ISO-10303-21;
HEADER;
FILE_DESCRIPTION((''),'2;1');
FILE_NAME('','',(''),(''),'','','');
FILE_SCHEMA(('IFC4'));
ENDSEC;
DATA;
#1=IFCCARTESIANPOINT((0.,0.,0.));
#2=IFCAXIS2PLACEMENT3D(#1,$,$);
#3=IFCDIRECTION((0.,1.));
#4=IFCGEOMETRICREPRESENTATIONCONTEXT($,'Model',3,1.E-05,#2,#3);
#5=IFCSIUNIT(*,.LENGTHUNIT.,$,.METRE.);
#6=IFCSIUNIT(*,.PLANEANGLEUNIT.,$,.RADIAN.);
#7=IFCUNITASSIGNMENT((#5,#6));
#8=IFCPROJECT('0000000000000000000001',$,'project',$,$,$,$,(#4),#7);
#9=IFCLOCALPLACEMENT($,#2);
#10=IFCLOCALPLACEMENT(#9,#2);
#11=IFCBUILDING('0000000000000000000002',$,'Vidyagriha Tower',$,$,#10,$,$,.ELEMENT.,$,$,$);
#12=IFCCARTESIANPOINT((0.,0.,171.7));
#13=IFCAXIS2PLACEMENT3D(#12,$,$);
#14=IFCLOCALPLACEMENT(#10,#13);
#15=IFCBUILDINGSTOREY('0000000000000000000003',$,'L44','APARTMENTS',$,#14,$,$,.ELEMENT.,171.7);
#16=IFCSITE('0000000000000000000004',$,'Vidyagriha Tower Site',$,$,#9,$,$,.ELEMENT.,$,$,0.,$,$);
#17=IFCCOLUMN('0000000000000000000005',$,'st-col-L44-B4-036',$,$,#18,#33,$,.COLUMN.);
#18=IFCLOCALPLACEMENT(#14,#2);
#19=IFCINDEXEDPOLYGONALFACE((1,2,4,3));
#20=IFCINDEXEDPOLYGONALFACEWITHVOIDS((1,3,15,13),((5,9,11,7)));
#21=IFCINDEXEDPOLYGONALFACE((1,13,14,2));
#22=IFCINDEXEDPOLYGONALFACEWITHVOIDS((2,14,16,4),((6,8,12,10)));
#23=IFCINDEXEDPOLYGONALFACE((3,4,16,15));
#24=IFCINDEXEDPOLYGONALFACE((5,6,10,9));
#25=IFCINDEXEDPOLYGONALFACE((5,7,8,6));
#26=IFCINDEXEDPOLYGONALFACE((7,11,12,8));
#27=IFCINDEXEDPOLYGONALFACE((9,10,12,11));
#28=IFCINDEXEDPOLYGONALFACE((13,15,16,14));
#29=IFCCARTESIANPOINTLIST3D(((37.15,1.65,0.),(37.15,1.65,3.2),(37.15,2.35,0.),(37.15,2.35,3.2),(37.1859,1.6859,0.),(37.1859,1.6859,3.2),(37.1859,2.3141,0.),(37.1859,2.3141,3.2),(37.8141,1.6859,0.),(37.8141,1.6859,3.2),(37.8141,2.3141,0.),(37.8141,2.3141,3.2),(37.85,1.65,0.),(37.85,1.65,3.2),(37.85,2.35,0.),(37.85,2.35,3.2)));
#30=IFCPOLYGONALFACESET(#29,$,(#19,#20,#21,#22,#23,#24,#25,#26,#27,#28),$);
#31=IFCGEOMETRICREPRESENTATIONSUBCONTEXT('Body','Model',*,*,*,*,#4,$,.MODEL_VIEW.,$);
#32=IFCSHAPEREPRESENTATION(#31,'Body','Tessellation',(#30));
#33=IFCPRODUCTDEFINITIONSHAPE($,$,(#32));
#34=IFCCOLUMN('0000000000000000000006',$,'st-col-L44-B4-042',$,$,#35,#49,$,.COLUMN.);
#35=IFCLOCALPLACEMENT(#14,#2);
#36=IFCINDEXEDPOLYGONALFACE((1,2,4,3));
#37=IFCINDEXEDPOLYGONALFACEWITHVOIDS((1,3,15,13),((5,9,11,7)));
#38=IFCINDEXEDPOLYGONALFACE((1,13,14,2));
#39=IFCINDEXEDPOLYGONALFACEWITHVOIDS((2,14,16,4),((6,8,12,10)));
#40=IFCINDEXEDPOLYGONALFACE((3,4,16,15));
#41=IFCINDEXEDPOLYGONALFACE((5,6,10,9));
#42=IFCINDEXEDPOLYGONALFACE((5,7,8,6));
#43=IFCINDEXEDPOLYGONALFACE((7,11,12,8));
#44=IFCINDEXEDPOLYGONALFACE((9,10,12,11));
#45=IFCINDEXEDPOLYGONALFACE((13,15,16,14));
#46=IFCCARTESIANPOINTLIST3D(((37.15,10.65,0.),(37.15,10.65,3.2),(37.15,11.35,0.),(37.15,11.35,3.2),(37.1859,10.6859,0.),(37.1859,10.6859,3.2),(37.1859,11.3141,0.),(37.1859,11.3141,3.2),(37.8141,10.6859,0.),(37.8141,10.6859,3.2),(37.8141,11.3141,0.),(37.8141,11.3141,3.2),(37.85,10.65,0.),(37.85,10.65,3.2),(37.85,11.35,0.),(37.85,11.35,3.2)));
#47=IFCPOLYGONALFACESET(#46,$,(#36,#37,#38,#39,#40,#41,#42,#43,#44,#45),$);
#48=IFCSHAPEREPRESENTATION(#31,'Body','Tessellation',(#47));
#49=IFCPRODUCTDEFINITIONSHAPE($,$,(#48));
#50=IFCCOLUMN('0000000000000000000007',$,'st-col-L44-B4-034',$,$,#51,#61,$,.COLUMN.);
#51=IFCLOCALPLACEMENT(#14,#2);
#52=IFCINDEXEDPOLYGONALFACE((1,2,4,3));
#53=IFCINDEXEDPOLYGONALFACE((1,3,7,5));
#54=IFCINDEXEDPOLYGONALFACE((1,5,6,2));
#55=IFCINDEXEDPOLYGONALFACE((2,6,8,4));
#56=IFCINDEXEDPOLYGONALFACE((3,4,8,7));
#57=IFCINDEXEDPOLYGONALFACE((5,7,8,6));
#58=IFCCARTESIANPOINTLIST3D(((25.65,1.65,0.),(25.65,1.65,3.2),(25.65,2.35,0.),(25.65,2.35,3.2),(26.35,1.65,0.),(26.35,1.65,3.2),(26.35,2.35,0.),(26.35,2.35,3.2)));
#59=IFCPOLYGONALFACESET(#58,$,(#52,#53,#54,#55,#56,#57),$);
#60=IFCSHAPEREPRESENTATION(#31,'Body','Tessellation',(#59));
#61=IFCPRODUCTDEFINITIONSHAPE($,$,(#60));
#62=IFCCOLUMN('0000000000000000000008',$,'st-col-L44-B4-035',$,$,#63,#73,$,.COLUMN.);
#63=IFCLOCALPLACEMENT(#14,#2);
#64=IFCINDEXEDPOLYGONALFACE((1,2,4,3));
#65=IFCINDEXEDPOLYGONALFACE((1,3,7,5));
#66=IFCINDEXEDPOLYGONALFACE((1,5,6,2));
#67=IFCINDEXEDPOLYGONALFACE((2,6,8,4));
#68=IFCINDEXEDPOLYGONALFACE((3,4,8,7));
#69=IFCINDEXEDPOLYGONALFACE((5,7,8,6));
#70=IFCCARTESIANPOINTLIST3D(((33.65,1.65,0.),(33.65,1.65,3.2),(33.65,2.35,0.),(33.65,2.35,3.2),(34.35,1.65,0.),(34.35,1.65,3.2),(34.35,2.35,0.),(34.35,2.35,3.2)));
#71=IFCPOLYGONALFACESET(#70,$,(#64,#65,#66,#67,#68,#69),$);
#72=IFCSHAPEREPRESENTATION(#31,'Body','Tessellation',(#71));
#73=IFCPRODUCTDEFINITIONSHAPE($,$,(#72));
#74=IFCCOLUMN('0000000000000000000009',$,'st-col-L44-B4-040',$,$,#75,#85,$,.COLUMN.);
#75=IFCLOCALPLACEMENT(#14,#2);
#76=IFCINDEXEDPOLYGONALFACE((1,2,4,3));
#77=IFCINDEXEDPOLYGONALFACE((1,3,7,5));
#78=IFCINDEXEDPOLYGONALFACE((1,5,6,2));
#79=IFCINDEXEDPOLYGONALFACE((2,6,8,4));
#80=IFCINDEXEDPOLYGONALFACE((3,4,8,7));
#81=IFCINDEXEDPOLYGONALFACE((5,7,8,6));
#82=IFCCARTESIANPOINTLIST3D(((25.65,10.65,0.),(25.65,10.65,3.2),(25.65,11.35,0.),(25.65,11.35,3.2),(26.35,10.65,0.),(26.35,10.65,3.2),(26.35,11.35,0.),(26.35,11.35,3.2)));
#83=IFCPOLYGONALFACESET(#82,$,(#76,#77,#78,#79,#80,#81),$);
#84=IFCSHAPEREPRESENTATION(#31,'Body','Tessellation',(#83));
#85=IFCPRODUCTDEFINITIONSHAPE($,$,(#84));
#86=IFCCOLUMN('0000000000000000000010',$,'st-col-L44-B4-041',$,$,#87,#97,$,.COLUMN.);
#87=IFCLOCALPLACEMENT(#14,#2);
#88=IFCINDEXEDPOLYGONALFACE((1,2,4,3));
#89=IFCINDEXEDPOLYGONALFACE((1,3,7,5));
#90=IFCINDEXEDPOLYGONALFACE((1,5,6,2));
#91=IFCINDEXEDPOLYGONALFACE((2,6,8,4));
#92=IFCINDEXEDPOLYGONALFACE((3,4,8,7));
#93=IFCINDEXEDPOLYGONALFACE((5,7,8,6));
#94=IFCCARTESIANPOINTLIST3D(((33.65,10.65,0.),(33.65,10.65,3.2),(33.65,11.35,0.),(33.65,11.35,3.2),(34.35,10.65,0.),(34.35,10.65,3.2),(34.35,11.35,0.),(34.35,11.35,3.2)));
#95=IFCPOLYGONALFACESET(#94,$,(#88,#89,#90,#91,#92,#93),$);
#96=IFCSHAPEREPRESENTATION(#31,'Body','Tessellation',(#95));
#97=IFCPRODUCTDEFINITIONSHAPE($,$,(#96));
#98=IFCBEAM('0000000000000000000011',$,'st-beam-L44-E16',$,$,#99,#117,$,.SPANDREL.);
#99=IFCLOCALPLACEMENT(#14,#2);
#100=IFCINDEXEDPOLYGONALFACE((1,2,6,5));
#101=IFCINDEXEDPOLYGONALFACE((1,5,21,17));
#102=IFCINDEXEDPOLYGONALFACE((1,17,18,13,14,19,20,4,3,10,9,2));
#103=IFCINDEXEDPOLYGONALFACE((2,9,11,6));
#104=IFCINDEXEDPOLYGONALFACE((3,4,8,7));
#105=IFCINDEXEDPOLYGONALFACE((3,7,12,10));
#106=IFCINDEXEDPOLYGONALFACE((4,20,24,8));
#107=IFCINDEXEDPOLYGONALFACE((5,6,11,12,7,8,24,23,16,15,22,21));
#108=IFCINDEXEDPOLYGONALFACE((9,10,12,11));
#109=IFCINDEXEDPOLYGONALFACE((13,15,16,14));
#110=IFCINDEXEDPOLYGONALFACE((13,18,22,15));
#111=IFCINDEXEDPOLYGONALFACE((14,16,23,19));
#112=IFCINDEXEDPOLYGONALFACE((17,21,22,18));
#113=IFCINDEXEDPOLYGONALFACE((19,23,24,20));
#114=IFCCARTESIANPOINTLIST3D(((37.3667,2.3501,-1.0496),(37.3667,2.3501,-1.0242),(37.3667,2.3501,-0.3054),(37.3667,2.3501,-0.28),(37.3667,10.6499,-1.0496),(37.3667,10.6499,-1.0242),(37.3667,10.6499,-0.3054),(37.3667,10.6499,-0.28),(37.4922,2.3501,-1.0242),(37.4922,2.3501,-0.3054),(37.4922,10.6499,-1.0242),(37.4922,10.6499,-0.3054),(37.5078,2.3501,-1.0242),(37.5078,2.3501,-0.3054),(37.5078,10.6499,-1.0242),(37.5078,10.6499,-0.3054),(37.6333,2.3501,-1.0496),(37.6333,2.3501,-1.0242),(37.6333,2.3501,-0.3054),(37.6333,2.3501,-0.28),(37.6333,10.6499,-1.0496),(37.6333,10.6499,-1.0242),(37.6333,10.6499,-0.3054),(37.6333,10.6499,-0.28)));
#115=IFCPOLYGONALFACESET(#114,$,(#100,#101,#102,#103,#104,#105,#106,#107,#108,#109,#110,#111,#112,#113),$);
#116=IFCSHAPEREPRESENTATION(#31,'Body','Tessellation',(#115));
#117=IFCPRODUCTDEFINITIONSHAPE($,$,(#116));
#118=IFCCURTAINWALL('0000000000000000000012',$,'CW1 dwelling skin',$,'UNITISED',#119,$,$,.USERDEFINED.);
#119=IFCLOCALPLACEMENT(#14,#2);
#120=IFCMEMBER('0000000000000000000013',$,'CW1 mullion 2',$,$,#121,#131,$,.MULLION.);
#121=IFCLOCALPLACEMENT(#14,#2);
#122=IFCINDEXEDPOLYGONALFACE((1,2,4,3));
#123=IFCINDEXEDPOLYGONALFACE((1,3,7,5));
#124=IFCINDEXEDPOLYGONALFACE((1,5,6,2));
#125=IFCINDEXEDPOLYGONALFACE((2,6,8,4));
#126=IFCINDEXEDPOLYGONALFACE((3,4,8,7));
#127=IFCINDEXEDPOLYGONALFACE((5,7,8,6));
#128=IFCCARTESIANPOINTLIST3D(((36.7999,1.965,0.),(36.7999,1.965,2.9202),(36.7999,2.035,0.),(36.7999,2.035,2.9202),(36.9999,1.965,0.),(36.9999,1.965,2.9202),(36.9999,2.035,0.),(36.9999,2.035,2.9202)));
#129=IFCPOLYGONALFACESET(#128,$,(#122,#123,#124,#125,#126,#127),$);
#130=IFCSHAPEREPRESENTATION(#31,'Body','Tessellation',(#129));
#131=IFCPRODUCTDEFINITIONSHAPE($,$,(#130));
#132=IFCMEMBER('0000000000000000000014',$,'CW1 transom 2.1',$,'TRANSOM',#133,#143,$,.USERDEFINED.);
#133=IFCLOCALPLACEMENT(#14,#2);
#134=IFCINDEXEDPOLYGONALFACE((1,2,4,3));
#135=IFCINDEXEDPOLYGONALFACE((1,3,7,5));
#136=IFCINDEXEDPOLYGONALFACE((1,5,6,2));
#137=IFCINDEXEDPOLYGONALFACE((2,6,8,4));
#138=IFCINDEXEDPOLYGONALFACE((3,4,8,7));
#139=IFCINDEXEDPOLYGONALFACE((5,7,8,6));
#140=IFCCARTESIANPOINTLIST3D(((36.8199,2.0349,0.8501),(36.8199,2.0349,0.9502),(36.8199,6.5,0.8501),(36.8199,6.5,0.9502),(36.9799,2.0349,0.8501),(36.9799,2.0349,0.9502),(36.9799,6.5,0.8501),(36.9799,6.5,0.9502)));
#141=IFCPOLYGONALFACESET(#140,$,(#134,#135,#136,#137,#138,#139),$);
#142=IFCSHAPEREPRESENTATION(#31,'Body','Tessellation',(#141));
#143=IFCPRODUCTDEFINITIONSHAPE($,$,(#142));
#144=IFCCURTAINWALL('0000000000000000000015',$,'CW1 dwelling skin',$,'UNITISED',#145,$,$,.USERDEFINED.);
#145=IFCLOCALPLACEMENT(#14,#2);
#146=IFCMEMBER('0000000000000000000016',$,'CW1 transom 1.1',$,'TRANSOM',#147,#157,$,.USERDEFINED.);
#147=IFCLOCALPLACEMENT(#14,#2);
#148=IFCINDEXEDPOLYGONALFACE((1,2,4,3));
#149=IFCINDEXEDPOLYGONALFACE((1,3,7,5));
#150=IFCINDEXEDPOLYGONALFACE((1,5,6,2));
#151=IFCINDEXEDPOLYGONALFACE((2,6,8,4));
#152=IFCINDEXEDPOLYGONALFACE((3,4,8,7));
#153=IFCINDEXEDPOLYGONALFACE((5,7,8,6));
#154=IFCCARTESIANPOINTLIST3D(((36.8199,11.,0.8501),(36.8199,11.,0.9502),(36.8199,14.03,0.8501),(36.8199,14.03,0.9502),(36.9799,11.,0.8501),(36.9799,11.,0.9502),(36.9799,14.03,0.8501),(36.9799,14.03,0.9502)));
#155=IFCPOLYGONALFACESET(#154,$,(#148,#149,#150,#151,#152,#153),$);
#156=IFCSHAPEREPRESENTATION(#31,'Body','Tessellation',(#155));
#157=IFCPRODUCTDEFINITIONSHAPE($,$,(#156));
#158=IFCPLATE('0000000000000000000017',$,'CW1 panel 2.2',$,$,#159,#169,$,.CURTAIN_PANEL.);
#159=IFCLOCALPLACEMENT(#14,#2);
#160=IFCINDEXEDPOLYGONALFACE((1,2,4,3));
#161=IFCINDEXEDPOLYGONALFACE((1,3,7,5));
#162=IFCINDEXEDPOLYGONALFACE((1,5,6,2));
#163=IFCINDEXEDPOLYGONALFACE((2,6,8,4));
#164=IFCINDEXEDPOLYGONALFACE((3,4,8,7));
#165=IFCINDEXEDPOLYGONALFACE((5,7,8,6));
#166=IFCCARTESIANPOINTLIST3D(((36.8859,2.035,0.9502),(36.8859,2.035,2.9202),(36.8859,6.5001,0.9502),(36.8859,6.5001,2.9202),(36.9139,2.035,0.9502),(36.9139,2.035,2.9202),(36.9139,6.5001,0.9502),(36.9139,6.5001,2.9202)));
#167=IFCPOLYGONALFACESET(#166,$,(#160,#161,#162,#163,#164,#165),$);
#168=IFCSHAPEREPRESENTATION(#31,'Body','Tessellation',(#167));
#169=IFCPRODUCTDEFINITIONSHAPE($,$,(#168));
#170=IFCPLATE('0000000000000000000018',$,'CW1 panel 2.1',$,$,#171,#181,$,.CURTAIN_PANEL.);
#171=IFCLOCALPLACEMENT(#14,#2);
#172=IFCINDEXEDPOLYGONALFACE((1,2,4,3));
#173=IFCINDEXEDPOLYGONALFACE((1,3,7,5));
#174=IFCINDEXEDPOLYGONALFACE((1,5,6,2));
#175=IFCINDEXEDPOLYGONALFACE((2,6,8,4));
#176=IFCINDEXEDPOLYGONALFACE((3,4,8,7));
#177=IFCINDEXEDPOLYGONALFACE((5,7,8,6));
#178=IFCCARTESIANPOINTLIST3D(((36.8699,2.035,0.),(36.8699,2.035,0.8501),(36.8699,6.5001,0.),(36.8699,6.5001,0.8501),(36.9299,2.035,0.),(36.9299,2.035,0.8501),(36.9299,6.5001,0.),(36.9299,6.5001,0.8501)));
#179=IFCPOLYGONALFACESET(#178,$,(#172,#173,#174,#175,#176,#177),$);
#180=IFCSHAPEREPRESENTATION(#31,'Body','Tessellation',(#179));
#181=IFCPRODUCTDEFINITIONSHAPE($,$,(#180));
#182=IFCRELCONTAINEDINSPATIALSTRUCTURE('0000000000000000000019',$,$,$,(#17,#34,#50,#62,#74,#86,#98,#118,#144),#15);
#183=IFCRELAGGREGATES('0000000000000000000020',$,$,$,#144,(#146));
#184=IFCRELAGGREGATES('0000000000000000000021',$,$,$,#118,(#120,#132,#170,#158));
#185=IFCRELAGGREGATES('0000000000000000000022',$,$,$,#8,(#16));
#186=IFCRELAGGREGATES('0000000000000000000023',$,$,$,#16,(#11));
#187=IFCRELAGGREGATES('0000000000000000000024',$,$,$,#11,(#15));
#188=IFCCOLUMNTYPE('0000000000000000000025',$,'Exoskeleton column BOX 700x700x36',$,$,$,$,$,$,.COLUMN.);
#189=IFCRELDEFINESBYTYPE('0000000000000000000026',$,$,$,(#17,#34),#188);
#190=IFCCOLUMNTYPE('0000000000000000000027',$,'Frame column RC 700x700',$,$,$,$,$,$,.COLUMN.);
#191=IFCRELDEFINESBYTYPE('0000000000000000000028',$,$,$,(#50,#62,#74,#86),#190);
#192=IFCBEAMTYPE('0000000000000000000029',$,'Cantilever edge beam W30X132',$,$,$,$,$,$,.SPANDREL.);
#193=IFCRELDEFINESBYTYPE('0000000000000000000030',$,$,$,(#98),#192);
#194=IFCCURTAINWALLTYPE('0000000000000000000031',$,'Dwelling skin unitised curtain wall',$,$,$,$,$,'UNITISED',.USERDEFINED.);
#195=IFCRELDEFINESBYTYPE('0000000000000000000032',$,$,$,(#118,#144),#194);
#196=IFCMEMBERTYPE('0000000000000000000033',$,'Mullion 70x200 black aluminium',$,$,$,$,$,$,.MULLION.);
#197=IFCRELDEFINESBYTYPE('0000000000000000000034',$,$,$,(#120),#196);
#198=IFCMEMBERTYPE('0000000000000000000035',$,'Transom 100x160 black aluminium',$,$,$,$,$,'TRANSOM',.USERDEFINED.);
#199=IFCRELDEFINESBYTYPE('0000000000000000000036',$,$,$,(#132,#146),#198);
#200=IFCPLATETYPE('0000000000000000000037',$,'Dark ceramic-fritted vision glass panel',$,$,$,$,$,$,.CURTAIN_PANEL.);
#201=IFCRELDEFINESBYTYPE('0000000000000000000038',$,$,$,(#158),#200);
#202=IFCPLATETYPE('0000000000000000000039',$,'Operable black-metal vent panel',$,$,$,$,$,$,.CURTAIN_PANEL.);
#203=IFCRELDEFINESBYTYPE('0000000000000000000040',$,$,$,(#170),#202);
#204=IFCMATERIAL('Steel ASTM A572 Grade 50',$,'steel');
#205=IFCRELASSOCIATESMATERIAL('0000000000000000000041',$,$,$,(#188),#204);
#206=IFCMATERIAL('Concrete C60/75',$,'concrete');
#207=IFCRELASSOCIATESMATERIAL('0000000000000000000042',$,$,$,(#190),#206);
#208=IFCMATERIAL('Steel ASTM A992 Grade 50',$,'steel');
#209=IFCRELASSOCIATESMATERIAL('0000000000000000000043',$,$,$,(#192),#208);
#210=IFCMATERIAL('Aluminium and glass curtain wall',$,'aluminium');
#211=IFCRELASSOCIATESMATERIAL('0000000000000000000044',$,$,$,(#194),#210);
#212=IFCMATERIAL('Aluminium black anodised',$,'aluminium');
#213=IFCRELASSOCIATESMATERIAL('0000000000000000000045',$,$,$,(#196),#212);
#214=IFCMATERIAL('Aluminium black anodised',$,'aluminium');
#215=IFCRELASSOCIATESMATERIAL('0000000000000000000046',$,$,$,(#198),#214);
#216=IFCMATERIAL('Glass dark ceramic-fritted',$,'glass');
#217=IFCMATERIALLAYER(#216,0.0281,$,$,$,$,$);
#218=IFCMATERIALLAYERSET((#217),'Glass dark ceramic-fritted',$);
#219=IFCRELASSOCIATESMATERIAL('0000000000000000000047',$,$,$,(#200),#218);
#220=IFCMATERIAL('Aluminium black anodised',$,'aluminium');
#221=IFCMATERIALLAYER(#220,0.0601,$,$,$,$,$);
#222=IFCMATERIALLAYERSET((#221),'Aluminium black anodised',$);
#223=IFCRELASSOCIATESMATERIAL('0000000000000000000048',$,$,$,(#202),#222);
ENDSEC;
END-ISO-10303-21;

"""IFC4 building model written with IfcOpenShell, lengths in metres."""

from ifc_helpers import new_model, si_unit, direction, frame, origin, origin_2d, place, context, subcontext, project, spatial, rectangle, hollow_rectangle, i_section, extrude, material, layer, layer_set, material_profile, profile_set, type_object, element, aggregate, save


model = new_model("IFC4")

# Units and contexts
model_context = context("Model", 3, precision=1e-05, world=origin(), true_north=direction((0.0, 1.0)))
body_context = subcontext(model_context, "Body", "Model", "MODEL_VIEW")
ifc_project = project(units=[si_unit("LENGTHUNIT", "METRE"), si_unit("PLANEANGLEUNIT", "RADIAN")], contexts=[model_context])

# Site, building, storey
site_placement = place(None, origin())
site = spatial("IfcSite", under=ifc_project, at=site_placement, Name="Vidyagriha Tower Site", CompositionType="ELEMENT", RefElevation=0.0)
building_placement = place(site_placement, origin())
building = spatial("IfcBuilding", under=site, at=building_placement, Name="Vidyagriha Tower", CompositionType="ELEMENT")
storey_placement = place(building_placement, frame((0.0, 0.0, 171.7)))
storey = spatial("IfcBuildingStorey", under=building, at=storey_placement, Name="L44", Description="APARTMENTS", CompositionType="ELEMENT", Elevation=171.7)

# Columns
ifc_material_1 = material(Name="Steel ASTM A572 Grade 50", Category="steel")
ifc_material_profile_1 = material_profile(ifc_material_1, hollow_rectangle(XDim=0.7, YDim=0.7, WallThickness=0.0359, at=origin_2d()), Name="BOX 700x700x36")
ifc_profile_set_1 = profile_set([ifc_material_profile_1], Name="Steel ASTM A572 Grade 50")
column_type_1 = type_object("IfcColumnType", Name="Exoskeleton column BOX 700x700x36", PredefinedType="COLUMN", material=ifc_profile_set_1)
for number, where, name in (
    (1, (37.5, 2.0, 0.0), "st-col-L44-B4-036"),
    (2, (37.5, 11.0, 0.0), "st-col-L44-B4-042"),
):
    element("IfcColumn", number, at=place(storey_placement, frame(where)), inside=storey, type_object=column_type_1, Name=name, PredefinedType="COLUMN", context=body_context, shape_type="SweptSolid", body=[
        extrude(hollow_rectangle(XDim=0.7, YDim=0.7, WallThickness=0.0359, at=origin_2d()), origin(), (0.0, 0.0, 1.0), 3.2),
    ])
ifc_material_2 = material(Name="Concrete C60/75", Category="concrete")
ifc_material_profile_2 = material_profile(ifc_material_2, rectangle(XDim=0.7, YDim=0.7, at=origin_2d()), Name="RC 700x700")
ifc_profile_set_2 = profile_set([ifc_material_profile_2], Name="Concrete C60/75")
column_type_2 = type_object("IfcColumnType", Name="Frame column RC 700x700", PredefinedType="COLUMN", material=ifc_profile_set_2)
for number, where, name in (
    (3, (26.0, 2.0, 0.0), "st-col-L44-B4-034"),
    (4, (34.0, 2.0, 0.0), "st-col-L44-B4-035"),
    (5, (26.0, 11.0, 0.0), "st-col-L44-B4-040"),
    (6, (34.0, 11.0, 0.0), "st-col-L44-B4-041"),
):
    element("IfcColumn", number, at=place(storey_placement, frame(where)), inside=storey, type_object=column_type_2, Name=name, PredefinedType="COLUMN", context=body_context, shape_type="SweptSolid", body=[
        extrude(rectangle(XDim=0.7, YDim=0.7, at=origin_2d()), origin(), (0.0, 0.0, 1.0), 3.2),
    ])

# Beam
ifc_material_3 = material(Name="Steel ASTM A992 Grade 50", Category="steel")
ifc_material_profile_3 = material_profile(ifc_material_3, i_section(OverallWidth=0.2666, OverallDepth=0.7695, WebThickness=0.0156, FlangeThickness=0.0254, at=origin_2d()), Name="W30X132")
ifc_profile_set_3 = profile_set([ifc_material_profile_3], Name="Steel ASTM A992 Grade 50")
beam_type = type_object("IfcBeamType", Name="Cantilever edge beam W30X132", PredefinedType="SPANDREL", material=ifc_profile_set_3)
beam_placement = place(storey_placement, frame((37.5, 2.3501, -0.6648), z_axis=(0.0, 1.0, 0.0), x_axis=(-1.0, 0.0, 0.0)))
element("IfcBeam", 7, at=beam_placement, inside=storey, type_object=beam_type, Name="st-beam-L44-E16", PredefinedType="SPANDREL", context=body_context, shape_type="SweptSolid", body=[
    extrude(i_section(OverallWidth=0.2666, OverallDepth=0.7695, WebThickness=0.0156, FlangeThickness=0.0254, at=origin_2d()), origin(), (0.0, 0.0, 1.0), 8.2998),
])

# Curtain wall, members
ifc_material_4 = material(Name="Aluminium and glass curtain wall", Category="aluminium")
curtain_wall_type = type_object("IfcCurtainWallType", Name="Dwelling skin unitised curtain wall", ElementType="UNITISED", PredefinedType="USERDEFINED", material=ifc_material_4)
curtain_wall_1_placement = place(storey_placement, origin())
curtain_wall_1 = element("IfcCurtainWall", 8, at=curtain_wall_1_placement, inside=storey, type_object=curtain_wall_type, Name="CW1 dwelling skin", ObjectType="UNITISED", PredefinedType="USERDEFINED")
ifc_material_5 = material(Name="Aluminium black anodised", Category="aluminium")
ifc_material_profile_4 = material_profile(ifc_material_5, rectangle(XDim=0.2, YDim=0.0701, at=origin_2d()), Name="Mullion 70x200 black aluminium")
ifc_profile_set_4 = profile_set([ifc_material_profile_4], Name="Aluminium black anodised")
member_type_1 = type_object("IfcMemberType", Name="Mullion 70x200 black aluminium", PredefinedType="MULLION", material=ifc_profile_set_4)
member_1_placement = place(storey_placement, frame((36.8999, 2.0, 0.0), z_axis=(0.0, 0.0, 1.0), x_axis=(-1.0, 0.0, 0.0)))
member_1 = element("IfcMember", 9, at=member_1_placement, type_object=member_type_1, Name="CW1 mullion 2", PredefinedType="MULLION", context=body_context, shape_type="SweptSolid", body=[
    extrude(rectangle(XDim=0.2, YDim=0.0701, at=origin_2d()), origin(), (0.0, 0.0, 1.0), 2.9202),
])
ifc_material_6 = material(Name="Aluminium black anodised", Category="aluminium")
ifc_material_profile_5 = material_profile(ifc_material_6, rectangle(XDim=0.1599, YDim=0.1001, at=origin_2d()), Name="Transom 100x160 black aluminium")
ifc_profile_set_5 = profile_set([ifc_material_profile_5], Name="Aluminium black anodised")
member_type_2 = type_object("IfcMemberType", Name="Transom 100x160 black aluminium", ElementType="TRANSOM", PredefinedType="USERDEFINED", material=ifc_profile_set_5)
member_2_placement = place(storey_placement, frame((36.8999, 2.0349, 0.9001), z_axis=(0.0, 1.0, 0.0), x_axis=(-1.0, 0.0, 0.0)))
member_2 = element("IfcMember", 10, at=member_2_placement, type_object=member_type_2, Name="CW1 transom 2.1", ObjectType="TRANSOM", PredefinedType="USERDEFINED", context=body_context, shape_type="SweptSolid", body=[
    extrude(rectangle(XDim=0.1599, YDim=0.1001, at=origin_2d()), origin(), (0.0, 0.0, 1.0), 4.4651),
])

# Curtain wall, member
curtain_wall_2_placement = place(storey_placement, origin())
curtain_wall_2 = element("IfcCurtainWall", 11, at=curtain_wall_2_placement, inside=storey, type_object=curtain_wall_type, Name="CW1 dwelling skin", ObjectType="UNITISED", PredefinedType="USERDEFINED")
member_3_placement = place(storey_placement, frame((36.8999, 11.0, 0.9001), z_axis=(0.0, 1.0, 0.0), x_axis=(-1.0, 0.0, 0.0)))
member_3 = element("IfcMember", 12, at=member_3_placement, type_object=member_type_2, Name="CW1 transom 1.1", ObjectType="TRANSOM", PredefinedType="USERDEFINED", context=body_context, shape_type="SweptSolid", body=[
    extrude(rectangle(XDim=0.1599, YDim=0.1001, at=origin_2d()), origin(), (0.0, 0.0, 1.0), 3.03),
])
aggregate(curtain_wall_2, [member_3])

# Plates
ifc_material_7 = material(Name="Glass dark ceramic-fritted", Category="glass")
ifc_layer_1 = layer(ifc_material_7, 0.0281)
ifc_layer_set_1 = layer_set([ifc_layer_1], Name="Glass dark ceramic-fritted")
plate_type_1 = type_object("IfcPlateType", Name="Dark ceramic-fritted vision glass panel", PredefinedType="CURTAIN_PANEL", material=ifc_layer_set_1)
plate_1_placement = place(storey_placement, frame((36.8999, 4.2676, 0.9502), z_axis=(0.0, 0.0, 1.0), x_axis=(0.0, 1.0, 0.0)))
plate_1 = element("IfcPlate", 13, at=plate_1_placement, type_object=plate_type_1, Name="CW1 panel 2.2", PredefinedType="CURTAIN_PANEL", context=body_context, shape_type="SweptSolid", body=[
    extrude(rectangle(XDim=4.4651, YDim=0.0281, at=origin_2d()), origin(), (0.0, 0.0, 1.0), 1.97),
])
ifc_material_8 = material(Name="Aluminium black anodised", Category="aluminium")
ifc_layer_2 = layer(ifc_material_8, 0.0601)
ifc_layer_set_2 = layer_set([ifc_layer_2], Name="Aluminium black anodised")
plate_type_2 = type_object("IfcPlateType", Name="Operable black-metal vent panel", PredefinedType="CURTAIN_PANEL", material=ifc_layer_set_2)
plate_2_placement = place(storey_placement, frame((36.8999, 4.2676, 0.0), z_axis=(0.0, 0.0, 1.0), x_axis=(0.0, 1.0, 0.0)))
plate_2 = element("IfcPlate", 14, at=plate_2_placement, type_object=plate_type_2, Name="CW1 panel 2.1", PredefinedType="CURTAIN_PANEL", context=body_context, shape_type="SweptSolid", body=[
    extrude(rectangle(XDim=4.4651, YDim=0.0601, at=origin_2d()), origin(), (0.0, 0.0, 1.0), 0.8501),
])
aggregate(curtain_wall_1, [member_1, member_2, plate_2, plate_1])

save(model, "model.ifc")
